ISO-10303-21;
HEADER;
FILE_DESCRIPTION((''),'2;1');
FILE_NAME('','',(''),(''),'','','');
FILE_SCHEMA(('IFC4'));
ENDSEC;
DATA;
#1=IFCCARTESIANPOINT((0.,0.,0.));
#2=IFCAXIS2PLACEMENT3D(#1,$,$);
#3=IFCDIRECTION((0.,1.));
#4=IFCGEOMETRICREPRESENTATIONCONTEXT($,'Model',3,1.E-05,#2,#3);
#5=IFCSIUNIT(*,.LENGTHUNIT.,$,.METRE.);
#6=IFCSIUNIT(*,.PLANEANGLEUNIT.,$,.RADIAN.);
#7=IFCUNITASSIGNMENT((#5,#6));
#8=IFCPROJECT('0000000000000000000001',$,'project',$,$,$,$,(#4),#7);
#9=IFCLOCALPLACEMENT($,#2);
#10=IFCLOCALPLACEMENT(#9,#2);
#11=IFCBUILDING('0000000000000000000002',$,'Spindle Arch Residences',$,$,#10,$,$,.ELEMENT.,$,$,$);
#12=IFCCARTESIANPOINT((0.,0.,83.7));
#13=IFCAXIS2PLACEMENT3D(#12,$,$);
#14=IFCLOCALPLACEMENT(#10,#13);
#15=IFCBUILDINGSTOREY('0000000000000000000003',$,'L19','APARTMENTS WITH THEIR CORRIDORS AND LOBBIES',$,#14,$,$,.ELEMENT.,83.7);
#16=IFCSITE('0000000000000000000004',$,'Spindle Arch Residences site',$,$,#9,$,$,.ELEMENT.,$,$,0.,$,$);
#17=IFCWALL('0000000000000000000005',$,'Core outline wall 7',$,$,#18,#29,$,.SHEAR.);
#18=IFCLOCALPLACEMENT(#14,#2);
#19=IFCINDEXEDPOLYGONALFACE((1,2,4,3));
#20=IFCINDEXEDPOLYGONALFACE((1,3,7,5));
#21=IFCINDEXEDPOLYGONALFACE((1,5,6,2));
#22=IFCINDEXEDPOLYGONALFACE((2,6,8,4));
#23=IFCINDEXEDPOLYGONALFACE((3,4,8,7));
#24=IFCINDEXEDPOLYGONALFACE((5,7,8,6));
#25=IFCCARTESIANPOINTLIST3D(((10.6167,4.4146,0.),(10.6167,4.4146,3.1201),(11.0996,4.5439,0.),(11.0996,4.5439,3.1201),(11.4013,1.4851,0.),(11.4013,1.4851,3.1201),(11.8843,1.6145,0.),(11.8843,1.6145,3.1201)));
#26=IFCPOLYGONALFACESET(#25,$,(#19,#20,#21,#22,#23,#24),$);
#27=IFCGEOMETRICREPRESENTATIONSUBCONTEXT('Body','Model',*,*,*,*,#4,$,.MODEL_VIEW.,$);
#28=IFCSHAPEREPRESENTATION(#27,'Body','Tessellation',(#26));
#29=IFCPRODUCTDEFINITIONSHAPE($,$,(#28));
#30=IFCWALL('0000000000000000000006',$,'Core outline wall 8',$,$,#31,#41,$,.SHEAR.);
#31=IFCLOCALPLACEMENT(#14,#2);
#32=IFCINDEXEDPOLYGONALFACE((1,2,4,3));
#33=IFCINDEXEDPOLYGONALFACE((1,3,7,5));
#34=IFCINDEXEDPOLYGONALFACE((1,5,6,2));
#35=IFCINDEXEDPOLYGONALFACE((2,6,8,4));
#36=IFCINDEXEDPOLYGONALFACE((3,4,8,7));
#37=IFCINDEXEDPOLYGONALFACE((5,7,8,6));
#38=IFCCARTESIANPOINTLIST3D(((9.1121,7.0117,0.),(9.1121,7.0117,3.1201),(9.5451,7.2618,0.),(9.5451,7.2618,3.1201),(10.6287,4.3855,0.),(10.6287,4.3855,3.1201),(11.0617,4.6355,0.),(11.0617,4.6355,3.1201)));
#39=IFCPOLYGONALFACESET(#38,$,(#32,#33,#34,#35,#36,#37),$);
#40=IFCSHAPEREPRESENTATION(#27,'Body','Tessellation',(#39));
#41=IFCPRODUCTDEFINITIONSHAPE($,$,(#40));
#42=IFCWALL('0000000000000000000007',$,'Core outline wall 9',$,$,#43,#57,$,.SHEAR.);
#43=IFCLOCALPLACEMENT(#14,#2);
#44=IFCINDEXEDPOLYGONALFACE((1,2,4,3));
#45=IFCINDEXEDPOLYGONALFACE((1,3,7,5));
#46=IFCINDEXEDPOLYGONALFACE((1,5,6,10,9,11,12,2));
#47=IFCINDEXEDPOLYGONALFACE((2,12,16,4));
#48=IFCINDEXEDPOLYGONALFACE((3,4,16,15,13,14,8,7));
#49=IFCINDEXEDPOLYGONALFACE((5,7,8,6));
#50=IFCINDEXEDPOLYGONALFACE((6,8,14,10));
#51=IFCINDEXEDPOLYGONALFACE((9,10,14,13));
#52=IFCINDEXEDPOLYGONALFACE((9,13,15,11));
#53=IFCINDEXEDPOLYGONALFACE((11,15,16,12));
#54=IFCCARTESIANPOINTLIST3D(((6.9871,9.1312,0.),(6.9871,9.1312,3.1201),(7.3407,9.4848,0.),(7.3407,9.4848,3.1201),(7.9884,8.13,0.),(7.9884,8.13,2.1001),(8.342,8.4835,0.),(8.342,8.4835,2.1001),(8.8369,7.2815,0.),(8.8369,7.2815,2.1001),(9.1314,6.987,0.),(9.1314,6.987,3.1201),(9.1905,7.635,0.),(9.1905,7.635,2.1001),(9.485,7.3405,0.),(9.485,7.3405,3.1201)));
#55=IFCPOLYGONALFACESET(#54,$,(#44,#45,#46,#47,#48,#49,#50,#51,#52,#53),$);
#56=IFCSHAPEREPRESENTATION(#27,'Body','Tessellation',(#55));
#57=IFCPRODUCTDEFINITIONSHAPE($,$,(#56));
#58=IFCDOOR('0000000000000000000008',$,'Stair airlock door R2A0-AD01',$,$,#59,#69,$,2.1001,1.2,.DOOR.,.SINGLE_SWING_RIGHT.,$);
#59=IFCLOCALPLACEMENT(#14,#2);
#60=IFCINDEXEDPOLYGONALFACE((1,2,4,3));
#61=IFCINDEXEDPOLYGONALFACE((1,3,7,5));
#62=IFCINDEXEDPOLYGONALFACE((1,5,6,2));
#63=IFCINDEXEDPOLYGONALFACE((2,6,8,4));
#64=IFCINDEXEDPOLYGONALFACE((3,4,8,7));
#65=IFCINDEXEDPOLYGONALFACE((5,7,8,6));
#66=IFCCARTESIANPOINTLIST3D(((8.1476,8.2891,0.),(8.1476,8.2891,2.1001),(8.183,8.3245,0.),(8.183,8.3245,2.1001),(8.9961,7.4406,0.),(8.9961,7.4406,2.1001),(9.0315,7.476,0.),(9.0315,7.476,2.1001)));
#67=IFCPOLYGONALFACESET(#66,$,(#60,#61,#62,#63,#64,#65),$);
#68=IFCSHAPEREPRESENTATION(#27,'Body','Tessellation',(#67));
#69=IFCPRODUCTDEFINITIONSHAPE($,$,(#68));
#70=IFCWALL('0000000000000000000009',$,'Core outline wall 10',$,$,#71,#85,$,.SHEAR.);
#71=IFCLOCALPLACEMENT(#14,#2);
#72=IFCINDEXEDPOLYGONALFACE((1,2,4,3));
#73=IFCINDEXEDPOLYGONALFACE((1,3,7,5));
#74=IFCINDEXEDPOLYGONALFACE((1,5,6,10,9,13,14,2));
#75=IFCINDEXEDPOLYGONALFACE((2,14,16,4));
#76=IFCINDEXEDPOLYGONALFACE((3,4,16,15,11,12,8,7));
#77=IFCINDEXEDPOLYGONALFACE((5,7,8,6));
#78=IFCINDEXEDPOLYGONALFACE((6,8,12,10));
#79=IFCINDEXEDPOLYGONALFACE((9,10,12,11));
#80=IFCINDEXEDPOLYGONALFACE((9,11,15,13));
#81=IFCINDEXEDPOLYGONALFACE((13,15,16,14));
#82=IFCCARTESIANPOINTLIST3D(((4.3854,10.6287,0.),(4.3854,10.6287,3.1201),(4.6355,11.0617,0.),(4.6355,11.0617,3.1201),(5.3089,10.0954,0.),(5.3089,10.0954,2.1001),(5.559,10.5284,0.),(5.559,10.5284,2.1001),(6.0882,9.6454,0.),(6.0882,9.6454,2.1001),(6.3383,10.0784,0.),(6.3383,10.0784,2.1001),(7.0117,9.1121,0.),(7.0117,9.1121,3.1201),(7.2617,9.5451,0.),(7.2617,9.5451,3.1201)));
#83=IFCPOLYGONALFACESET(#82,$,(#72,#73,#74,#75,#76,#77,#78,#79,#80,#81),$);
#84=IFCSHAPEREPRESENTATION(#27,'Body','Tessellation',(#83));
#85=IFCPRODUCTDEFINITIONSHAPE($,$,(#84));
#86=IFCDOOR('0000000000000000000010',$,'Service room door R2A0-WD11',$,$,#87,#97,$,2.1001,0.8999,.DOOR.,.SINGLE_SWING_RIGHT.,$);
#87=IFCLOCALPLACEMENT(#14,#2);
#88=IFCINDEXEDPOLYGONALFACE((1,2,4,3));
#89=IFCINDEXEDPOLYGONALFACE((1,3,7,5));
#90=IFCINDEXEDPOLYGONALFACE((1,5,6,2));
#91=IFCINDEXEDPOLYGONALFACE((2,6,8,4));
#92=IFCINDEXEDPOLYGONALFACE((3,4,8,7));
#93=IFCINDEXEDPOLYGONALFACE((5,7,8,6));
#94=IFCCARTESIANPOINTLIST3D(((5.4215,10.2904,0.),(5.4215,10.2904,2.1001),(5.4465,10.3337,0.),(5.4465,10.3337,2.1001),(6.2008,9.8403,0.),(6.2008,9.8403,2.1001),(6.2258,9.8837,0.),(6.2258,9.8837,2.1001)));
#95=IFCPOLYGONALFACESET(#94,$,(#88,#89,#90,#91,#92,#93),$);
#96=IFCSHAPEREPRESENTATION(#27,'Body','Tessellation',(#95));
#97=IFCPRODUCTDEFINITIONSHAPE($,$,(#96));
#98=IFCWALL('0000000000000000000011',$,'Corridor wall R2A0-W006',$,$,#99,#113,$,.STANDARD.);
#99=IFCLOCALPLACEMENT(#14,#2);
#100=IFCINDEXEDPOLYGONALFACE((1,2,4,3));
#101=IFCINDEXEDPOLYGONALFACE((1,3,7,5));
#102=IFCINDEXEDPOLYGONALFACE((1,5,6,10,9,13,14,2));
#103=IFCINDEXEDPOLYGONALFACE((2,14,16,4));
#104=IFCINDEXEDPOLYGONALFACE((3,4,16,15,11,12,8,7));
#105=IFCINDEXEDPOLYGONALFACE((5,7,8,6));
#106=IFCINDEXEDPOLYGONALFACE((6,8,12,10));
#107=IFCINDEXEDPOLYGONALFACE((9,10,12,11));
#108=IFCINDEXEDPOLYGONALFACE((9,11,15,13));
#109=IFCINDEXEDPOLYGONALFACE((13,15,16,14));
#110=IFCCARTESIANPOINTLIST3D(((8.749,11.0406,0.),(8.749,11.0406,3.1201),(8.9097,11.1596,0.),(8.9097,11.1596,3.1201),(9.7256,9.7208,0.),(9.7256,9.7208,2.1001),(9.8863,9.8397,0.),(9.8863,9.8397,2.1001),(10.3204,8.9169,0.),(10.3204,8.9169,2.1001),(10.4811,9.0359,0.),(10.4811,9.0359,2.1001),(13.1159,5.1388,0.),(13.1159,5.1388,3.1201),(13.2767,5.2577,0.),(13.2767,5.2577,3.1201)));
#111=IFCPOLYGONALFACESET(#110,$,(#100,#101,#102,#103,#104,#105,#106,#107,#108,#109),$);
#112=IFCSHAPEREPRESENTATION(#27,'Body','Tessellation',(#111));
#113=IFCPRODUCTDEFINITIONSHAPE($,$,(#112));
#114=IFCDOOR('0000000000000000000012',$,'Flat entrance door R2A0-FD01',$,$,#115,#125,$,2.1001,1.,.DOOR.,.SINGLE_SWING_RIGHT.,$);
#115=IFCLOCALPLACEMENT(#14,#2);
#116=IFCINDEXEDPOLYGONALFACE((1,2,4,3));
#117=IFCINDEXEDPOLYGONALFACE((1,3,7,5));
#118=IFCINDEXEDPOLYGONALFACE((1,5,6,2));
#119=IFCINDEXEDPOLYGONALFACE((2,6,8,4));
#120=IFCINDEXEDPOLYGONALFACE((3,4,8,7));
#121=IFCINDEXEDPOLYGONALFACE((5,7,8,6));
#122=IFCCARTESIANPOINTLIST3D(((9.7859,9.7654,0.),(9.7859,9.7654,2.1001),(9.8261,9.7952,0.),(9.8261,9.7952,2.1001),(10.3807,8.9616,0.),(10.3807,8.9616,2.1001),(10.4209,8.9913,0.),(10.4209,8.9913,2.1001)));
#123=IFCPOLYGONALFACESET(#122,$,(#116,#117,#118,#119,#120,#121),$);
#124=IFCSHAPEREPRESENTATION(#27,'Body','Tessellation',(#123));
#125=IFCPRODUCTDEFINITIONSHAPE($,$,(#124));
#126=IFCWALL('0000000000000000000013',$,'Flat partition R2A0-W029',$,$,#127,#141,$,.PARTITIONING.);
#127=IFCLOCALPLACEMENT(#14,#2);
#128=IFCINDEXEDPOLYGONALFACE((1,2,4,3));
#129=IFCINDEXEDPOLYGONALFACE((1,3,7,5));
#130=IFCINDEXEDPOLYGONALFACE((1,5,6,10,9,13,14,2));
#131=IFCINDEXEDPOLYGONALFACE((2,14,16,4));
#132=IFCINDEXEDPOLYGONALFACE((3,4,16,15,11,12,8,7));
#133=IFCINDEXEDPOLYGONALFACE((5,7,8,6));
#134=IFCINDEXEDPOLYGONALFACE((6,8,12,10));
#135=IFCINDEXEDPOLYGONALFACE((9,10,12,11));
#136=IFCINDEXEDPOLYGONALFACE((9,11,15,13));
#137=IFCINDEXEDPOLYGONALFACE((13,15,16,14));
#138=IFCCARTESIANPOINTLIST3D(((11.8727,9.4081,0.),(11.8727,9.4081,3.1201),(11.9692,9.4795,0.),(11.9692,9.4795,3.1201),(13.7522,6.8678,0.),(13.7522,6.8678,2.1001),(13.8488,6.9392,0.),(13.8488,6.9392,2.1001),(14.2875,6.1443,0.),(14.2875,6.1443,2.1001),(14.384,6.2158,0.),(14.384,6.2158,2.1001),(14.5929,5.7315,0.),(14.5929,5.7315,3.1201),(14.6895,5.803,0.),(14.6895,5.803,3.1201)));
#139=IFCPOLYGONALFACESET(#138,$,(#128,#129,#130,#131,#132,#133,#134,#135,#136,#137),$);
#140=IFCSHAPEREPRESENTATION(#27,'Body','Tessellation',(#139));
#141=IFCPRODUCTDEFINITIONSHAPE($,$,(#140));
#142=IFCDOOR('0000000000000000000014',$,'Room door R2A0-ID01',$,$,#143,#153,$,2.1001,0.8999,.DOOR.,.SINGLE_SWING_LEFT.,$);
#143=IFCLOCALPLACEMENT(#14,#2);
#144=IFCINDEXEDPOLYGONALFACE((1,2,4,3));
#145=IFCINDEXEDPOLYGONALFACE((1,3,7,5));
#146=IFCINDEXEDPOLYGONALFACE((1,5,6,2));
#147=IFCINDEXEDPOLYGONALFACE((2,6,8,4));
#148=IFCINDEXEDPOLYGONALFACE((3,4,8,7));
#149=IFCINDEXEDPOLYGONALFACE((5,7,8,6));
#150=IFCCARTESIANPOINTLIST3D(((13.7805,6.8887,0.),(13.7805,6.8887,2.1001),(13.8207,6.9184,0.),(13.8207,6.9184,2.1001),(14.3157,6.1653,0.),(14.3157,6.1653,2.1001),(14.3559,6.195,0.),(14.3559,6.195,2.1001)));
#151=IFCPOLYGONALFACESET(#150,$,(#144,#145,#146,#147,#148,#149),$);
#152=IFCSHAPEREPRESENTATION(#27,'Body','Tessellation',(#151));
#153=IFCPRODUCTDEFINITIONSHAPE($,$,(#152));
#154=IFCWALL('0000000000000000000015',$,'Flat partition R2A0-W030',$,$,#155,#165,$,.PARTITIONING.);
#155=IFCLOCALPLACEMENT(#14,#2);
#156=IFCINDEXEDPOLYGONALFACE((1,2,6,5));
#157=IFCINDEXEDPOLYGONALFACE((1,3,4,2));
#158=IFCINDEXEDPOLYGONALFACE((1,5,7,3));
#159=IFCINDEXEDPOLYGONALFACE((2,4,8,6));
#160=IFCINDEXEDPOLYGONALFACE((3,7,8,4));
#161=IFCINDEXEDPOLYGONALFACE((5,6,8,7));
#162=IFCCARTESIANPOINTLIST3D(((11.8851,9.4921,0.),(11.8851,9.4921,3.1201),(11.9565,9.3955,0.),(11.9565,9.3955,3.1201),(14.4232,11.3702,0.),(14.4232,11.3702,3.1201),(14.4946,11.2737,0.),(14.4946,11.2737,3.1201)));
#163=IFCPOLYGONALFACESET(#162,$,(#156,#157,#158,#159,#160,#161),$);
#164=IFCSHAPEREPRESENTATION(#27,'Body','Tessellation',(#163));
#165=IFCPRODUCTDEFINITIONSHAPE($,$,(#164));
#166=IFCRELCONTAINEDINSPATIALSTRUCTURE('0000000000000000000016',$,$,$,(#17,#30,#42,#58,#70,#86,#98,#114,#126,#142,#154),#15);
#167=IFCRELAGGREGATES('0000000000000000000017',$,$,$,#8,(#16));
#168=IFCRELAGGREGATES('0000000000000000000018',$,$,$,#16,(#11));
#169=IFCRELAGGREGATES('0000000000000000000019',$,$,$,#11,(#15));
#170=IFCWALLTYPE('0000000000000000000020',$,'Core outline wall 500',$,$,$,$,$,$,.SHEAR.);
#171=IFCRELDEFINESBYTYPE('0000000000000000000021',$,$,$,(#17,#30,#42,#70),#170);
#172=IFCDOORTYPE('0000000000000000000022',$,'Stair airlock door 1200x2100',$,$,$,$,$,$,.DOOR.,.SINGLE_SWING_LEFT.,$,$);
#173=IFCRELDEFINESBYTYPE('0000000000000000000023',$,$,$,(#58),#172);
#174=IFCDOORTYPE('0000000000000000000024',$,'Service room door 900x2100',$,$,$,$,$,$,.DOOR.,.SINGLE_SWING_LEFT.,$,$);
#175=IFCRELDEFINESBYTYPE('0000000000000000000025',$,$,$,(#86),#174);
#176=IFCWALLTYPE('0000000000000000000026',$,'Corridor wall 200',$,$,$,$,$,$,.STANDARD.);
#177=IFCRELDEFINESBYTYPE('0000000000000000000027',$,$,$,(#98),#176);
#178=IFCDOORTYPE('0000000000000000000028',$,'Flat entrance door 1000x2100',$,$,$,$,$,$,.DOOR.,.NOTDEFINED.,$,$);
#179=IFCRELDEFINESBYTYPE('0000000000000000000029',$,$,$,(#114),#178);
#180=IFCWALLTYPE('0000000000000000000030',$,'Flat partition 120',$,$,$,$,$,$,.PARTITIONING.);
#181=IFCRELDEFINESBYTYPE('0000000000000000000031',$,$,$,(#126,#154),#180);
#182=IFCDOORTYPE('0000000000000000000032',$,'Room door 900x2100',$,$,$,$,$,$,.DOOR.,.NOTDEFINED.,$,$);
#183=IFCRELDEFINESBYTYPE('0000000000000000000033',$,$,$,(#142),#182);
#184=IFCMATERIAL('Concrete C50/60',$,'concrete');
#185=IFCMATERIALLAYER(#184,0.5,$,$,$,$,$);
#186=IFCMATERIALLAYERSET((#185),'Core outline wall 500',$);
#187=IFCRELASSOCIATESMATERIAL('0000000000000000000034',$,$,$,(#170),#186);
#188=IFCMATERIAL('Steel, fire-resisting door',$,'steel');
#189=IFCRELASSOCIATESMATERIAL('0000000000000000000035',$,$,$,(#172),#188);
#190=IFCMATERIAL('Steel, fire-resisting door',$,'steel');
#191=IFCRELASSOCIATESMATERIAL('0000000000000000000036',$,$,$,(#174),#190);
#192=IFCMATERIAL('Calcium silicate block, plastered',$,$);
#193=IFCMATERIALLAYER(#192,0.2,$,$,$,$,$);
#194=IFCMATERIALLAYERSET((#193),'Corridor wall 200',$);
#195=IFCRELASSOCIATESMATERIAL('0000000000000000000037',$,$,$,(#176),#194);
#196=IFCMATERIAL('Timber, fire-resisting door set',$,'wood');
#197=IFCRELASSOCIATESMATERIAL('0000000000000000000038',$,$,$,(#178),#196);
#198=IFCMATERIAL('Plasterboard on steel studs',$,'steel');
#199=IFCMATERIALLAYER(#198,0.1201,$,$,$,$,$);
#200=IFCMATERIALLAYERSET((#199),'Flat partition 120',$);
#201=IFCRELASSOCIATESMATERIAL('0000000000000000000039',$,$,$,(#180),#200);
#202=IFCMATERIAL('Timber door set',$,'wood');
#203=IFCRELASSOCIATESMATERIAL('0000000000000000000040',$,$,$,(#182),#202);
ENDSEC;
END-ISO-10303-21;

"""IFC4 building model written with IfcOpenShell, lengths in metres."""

from ifc_helpers import new_model, si_unit, direction, frame, frame_2d, origin, place, context, subcontext, project, spatial, rectangle, extrude, material, layer, layer_set, type_object, element, fill, save


model = new_model("IFC4")

# Units and contexts
model_context = context("Model", 3, precision=1e-05, world=origin(), true_north=direction((0.0, 1.0)))
body_context = subcontext(model_context, "Body", "Model", "MODEL_VIEW")
ifc_project = project(units=[si_unit("LENGTHUNIT", "METRE"), si_unit("PLANEANGLEUNIT", "RADIAN")], contexts=[model_context])

# Site, building, storey
site_placement = place(None, origin())
site = spatial("IfcSite", under=ifc_project, at=site_placement, Name="Spindle Arch Residences site", CompositionType="ELEMENT", RefElevation=0.0)
building_placement = place(site_placement, origin())
building = spatial("IfcBuilding", under=site, at=building_placement, Name="Spindle Arch Residences", CompositionType="ELEMENT")
storey_placement = place(building_placement, frame((0.0, 0.0, 83.7)))
storey = spatial("IfcBuildingStorey", under=building, at=storey_placement, Name="L19", Description="APARTMENTS WITH THEIR CORRIDORS AND LOBBIES", CompositionType="ELEMENT", Elevation=83.7)

# Walls
ifc_material_1 = material(Name="Concrete C50/60", Category="concrete")
ifc_layer_1 = layer(ifc_material_1, 0.5)
ifc_layer_set_1 = layer_set([ifc_layer_1], Name="Core outline wall 500")
wall_type_1 = type_object("IfcWallType", Name="Core outline wall 500", PredefinedType="SHEAR", material=ifc_layer_set_1)
for number, where, z_axis, x_axis, name in (
    (1, (11.6428, 1.5498, 0.0), (0.0, 0.0, 1.0), (-0.258735, 0.965948, 0.0), "Core outline wall 7"),
    (2, (10.8452, 4.5105, 0.0), (0.0, 0.0, 1.0), (-0.500087, 0.865975, 0.0), "Core outline wall 8"),
):
    element("IfcWall", number, at=place(storey_placement, frame(where, z_axis=z_axis, x_axis=x_axis)), inside=storey, type_object=wall_type_1, Name=name, PredefinedType="SHEAR", context=body_context, shape_type="SweptSolid", body=[
        extrude(rectangle(XDim=3.0327, YDim=0.5, at=frame_2d((1.5164, 0.0))), origin(), (0.0, 0.0, 1.0), 3.1201),
    ])

# Walls, openings, doors
wall_1_placement = place(storey_placement, frame((9.3081, 7.1638, 0.0), z_axis=(0.0, 0.0, 1.0), x_axis=(-0.707107, 0.707107, 0.0)))
wall_1 = element("IfcWall", 3, at=wall_1_placement, inside=storey, type_object=wall_type_1, Name="Core outline wall 9", PredefinedType="SHEAR", context=body_context, shape_type="SweptSolid", body=[
    extrude(rectangle(XDim=3.0325, YDim=0.5, at=frame_2d((1.5161, 0.0))), origin(), (0.0, 0.0, 1.0), 3.1201),
])
opening_1_placement = place(wall_1_placement, frame((0.4163, 0.0, 0.0)))
opening_1 = element("IfcOpeningElement", 4, at=opening_1_placement, cuts=wall_1, PredefinedType="OPENING", context=body_context, shape_type="SweptSolid", body=[
    extrude(rectangle(XDim=1.2, YDim=2.1001, at=frame_2d((0.6001, 1.05))), frame((0.0, 0.26, 0.0), z_axis=(0.0, -1.0, 0.0), x_axis=(1.0, 0.0, 0.0)), (0.0, 0.0, 1.0), 0.52),
])
ifc_material_2 = material(Name="Steel, fire-resisting door", Category="steel")
door_type_1 = type_object("IfcDoorType", Name="Stair airlock door 1200x2100", OperationType="SINGLE_SWING_LEFT", PredefinedType="DOOR", material=ifc_material_2)
door_1_placement = place(opening_1_placement, origin())
door_1 = element("IfcDoor", 5, at=door_1_placement, inside=storey, type_object=door_type_1, Name="Stair airlock door R2A0-AD01", OperationType="SINGLE_SWING_RIGHT", OverallHeight=2.1001, OverallWidth=1.2, PredefinedType="DOOR", context=body_context, shape_type="SweptSolid", body=[
    extrude(rectangle(XDim=1.2, YDim=2.1001, at=frame_2d((0.6001, 1.05))), frame((0.0, 0.0249, 0.0), z_axis=(0.0, -1.0, 0.0), x_axis=(1.0, 0.0, 0.0)), (0.0, 0.0, 1.0), 0.05),
])
fill(opening_1, door_1)
wall_2_placement = place(storey_placement, frame((7.1367, 9.3286, 0.0), z_axis=(0.0, 0.0, 1.0), x_axis=(-0.865975, 0.500087, 0.0)))
wall_2 = element("IfcWall", 6, at=wall_2_placement, inside=storey, type_object=wall_type_1, Name="Core outline wall 10", PredefinedType="SHEAR", context=body_context, shape_type="SweptSolid", body=[
    extrude(rectangle(XDim=3.0327, YDim=0.5, at=frame_2d((1.5164, 0.0))), origin(), (0.0, 0.0, 1.0), 3.1201),
])
opening_2_placement = place(wall_2_placement, frame((1.0664, 0.0, 0.0)))
opening_2 = element("IfcOpeningElement", 7, at=opening_2_placement, cuts=wall_2, PredefinedType="OPENING", context=body_context, shape_type="SweptSolid", body=[
    extrude(rectangle(XDim=0.8999, YDim=2.1001, at=frame_2d((0.45, 1.05))), frame((0.0, 0.26, 0.0), z_axis=(0.0, -1.0, 0.0), x_axis=(1.0, 0.0, 0.0)), (0.0, 0.0, 1.0), 0.52),
])
ifc_material_3 = material(Name="Steel, fire-resisting door", Category="steel")
door_type_2 = type_object("IfcDoorType", Name="Service room door 900x2100", OperationType="SINGLE_SWING_LEFT", PredefinedType="DOOR", material=ifc_material_3)
door_2_placement = place(opening_2_placement, origin())
door_2 = element("IfcDoor", 8, at=door_2_placement, inside=storey, type_object=door_type_2, Name="Service room door R2A0-WD11", OperationType="SINGLE_SWING_RIGHT", OverallHeight=2.1001, OverallWidth=0.8999, PredefinedType="DOOR", context=body_context, shape_type="SweptSolid", body=[
    extrude(rectangle(XDim=0.8999, YDim=2.1001, at=frame_2d((0.45, 1.05))), frame((0.0, 0.0249, 0.0), z_axis=(0.0, -1.0, 0.0), x_axis=(1.0, 0.0, 0.0)), (0.0, 0.0, 1.0), 0.05),
])
fill(opening_2, door_2)
ifc_material_4 = material(Name="Calcium silicate block, plastered")
ifc_layer_2 = layer(ifc_material_4, 0.2)
ifc_layer_set_2 = layer_set([ifc_layer_2], Name="Corridor wall 200")
wall_type_2 = type_object("IfcWallType", Name="Corridor wall 200", PredefinedType="STANDARD", material=ifc_layer_set_2)
wall_3_placement = place(storey_placement, frame((13.1963, 5.1982, 0.0), z_axis=(0.0, 0.0, 1.0), x_axis=(-0.594805, 0.80387, 0.0)))
wall_3 = element("IfcWall", 9, at=wall_3_placement, inside=storey, type_object=wall_type_2, Name="Corridor wall R2A0-W006", PredefinedType="STANDARD", context=body_context, shape_type="SweptSolid", body=[
    extrude(rectangle(XDim=7.3418, YDim=0.2, at=frame_2d((3.6709, 0.0))), origin(), (0.0, 0.0, 1.0), 3.1201),
])
opening_3_placement = place(wall_3_placement, frame((4.7, 0.0, 0.0)))
opening_3 = element("IfcOpeningElement", 10, at=opening_3_placement, cuts=wall_3, PredefinedType="OPENING", context=body_context, shape_type="SweptSolid", body=[
    extrude(rectangle(XDim=1.0, YDim=2.1001, at=frame_2d((0.5, 1.05))), frame((0.0, 0.1099, 0.0), z_axis=(0.0, -1.0, 0.0), x_axis=(1.0, 0.0, 0.0)), (0.0, 0.0, 1.0), 0.22),
])
ifc_material_5 = material(Name="Timber, fire-resisting door set", Category="wood")
door_type_3 = type_object("IfcDoorType", Name="Flat entrance door 1000x2100", OperationType="NOTDEFINED", PredefinedType="DOOR", material=ifc_material_5)
door_3_placement = place(opening_3_placement, origin())
door_3 = element("IfcDoor", 11, at=door_3_placement, inside=storey, type_object=door_type_3, Name="Flat entrance door R2A0-FD01", OperationType="SINGLE_SWING_RIGHT", OverallHeight=2.1001, OverallWidth=1.0, PredefinedType="DOOR", context=body_context, shape_type="SweptSolid", body=[
    extrude(rectangle(XDim=1.0, YDim=2.1001, at=frame_2d((0.5, 1.05))), frame((0.0, 0.0249, 0.0), z_axis=(0.0, -1.0, 0.0), x_axis=(1.0, 0.0, 0.0)), (0.0, 0.0, 1.0), 0.05),
])
fill(opening_3, door_3)
ifc_material_6 = material(Name="Plasterboard on steel studs", Category="steel")
ifc_layer_3 = layer(ifc_material_6, 0.1201)
ifc_layer_set_3 = layer_set([ifc_layer_3], Name="Flat partition 120")
wall_type_3 = type_object("IfcWallType", Name="Flat partition 120", PredefinedType="PARTITIONING", material=ifc_layer_set_3)
wall_4_placement = place(storey_placement, frame((14.6411, 5.7673, 0.0), z_axis=(0.0, 0.0, 1.0), x_axis=(-0.594786, 0.803884, 0.0)))
wall_4 = element("IfcWall", 12, at=wall_4_placement, inside=storey, type_object=wall_type_3, Name="Flat partition R2A0-W029", PredefinedType="PARTITIONING", context=body_context, shape_type="SweptSolid", body=[
    extrude(rectangle(XDim=4.5735, YDim=0.1201, at=frame_2d((2.2866, 0.0))), origin(), (0.0, 0.0, 1.0), 3.1201),
])
opening_4_placement = place(wall_4_placement, frame((0.5134, 0.0, 0.0)))
opening_4 = element("IfcOpeningElement", 13, at=opening_4_placement, cuts=wall_4, PredefinedType="OPENING", context=body_context, shape_type="SweptSolid", body=[
    extrude(rectangle(XDim=0.8999, YDim=2.1001, at=frame_2d((0.45, 1.05))), frame((0.0, 0.0701, 0.0), z_axis=(0.0, -1.0, 0.0), x_axis=(1.0, 0.0, 0.0)), (0.0, 0.0, 1.0), 0.1401),
])
ifc_material_7 = material(Name="Timber door set", Category="wood")
door_type_4 = type_object("IfcDoorType", Name="Room door 900x2100", OperationType="NOTDEFINED", PredefinedType="DOOR", material=ifc_material_7)
door_4_placement = place(opening_4_placement, origin())
door_4 = element("IfcDoor", 14, at=door_4_placement, inside=storey, type_object=door_type_4, Name="Room door R2A0-ID01", OperationType="SINGLE_SWING_LEFT", OverallHeight=2.1001, OverallWidth=0.8999, PredefinedType="DOOR", context=body_context, shape_type="SweptSolid", body=[
    extrude(rectangle(XDim=0.8999, YDim=2.1001, at=frame_2d((0.45, 1.05))), frame((0.0, 0.0249, 0.0), z_axis=(0.0, -1.0, 0.0), x_axis=(1.0, 0.0, 0.0)), (0.0, 0.0, 1.0), 0.05),
])
fill(opening_4, door_4)

# Wall
wall_5_placement = place(storey_placement, frame((11.9209, 9.4438, 0.0), z_axis=(0.0, 0.0, 1.0), x_axis=(0.803843, 0.594841, 0.0)))
element("IfcWall", 15, at=wall_5_placement, inside=storey, type_object=wall_type_3, Name="Flat partition R2A0-W030", PredefinedType="PARTITIONING", context=body_context, shape_type="SweptSolid", body=[
    extrude(rectangle(XDim=3.1575, YDim=0.1201, at=frame_2d((1.5786, 0.0))), origin(), (0.0, 0.0, 1.0), 3.1201),
])

save(model, "model.ifc")
